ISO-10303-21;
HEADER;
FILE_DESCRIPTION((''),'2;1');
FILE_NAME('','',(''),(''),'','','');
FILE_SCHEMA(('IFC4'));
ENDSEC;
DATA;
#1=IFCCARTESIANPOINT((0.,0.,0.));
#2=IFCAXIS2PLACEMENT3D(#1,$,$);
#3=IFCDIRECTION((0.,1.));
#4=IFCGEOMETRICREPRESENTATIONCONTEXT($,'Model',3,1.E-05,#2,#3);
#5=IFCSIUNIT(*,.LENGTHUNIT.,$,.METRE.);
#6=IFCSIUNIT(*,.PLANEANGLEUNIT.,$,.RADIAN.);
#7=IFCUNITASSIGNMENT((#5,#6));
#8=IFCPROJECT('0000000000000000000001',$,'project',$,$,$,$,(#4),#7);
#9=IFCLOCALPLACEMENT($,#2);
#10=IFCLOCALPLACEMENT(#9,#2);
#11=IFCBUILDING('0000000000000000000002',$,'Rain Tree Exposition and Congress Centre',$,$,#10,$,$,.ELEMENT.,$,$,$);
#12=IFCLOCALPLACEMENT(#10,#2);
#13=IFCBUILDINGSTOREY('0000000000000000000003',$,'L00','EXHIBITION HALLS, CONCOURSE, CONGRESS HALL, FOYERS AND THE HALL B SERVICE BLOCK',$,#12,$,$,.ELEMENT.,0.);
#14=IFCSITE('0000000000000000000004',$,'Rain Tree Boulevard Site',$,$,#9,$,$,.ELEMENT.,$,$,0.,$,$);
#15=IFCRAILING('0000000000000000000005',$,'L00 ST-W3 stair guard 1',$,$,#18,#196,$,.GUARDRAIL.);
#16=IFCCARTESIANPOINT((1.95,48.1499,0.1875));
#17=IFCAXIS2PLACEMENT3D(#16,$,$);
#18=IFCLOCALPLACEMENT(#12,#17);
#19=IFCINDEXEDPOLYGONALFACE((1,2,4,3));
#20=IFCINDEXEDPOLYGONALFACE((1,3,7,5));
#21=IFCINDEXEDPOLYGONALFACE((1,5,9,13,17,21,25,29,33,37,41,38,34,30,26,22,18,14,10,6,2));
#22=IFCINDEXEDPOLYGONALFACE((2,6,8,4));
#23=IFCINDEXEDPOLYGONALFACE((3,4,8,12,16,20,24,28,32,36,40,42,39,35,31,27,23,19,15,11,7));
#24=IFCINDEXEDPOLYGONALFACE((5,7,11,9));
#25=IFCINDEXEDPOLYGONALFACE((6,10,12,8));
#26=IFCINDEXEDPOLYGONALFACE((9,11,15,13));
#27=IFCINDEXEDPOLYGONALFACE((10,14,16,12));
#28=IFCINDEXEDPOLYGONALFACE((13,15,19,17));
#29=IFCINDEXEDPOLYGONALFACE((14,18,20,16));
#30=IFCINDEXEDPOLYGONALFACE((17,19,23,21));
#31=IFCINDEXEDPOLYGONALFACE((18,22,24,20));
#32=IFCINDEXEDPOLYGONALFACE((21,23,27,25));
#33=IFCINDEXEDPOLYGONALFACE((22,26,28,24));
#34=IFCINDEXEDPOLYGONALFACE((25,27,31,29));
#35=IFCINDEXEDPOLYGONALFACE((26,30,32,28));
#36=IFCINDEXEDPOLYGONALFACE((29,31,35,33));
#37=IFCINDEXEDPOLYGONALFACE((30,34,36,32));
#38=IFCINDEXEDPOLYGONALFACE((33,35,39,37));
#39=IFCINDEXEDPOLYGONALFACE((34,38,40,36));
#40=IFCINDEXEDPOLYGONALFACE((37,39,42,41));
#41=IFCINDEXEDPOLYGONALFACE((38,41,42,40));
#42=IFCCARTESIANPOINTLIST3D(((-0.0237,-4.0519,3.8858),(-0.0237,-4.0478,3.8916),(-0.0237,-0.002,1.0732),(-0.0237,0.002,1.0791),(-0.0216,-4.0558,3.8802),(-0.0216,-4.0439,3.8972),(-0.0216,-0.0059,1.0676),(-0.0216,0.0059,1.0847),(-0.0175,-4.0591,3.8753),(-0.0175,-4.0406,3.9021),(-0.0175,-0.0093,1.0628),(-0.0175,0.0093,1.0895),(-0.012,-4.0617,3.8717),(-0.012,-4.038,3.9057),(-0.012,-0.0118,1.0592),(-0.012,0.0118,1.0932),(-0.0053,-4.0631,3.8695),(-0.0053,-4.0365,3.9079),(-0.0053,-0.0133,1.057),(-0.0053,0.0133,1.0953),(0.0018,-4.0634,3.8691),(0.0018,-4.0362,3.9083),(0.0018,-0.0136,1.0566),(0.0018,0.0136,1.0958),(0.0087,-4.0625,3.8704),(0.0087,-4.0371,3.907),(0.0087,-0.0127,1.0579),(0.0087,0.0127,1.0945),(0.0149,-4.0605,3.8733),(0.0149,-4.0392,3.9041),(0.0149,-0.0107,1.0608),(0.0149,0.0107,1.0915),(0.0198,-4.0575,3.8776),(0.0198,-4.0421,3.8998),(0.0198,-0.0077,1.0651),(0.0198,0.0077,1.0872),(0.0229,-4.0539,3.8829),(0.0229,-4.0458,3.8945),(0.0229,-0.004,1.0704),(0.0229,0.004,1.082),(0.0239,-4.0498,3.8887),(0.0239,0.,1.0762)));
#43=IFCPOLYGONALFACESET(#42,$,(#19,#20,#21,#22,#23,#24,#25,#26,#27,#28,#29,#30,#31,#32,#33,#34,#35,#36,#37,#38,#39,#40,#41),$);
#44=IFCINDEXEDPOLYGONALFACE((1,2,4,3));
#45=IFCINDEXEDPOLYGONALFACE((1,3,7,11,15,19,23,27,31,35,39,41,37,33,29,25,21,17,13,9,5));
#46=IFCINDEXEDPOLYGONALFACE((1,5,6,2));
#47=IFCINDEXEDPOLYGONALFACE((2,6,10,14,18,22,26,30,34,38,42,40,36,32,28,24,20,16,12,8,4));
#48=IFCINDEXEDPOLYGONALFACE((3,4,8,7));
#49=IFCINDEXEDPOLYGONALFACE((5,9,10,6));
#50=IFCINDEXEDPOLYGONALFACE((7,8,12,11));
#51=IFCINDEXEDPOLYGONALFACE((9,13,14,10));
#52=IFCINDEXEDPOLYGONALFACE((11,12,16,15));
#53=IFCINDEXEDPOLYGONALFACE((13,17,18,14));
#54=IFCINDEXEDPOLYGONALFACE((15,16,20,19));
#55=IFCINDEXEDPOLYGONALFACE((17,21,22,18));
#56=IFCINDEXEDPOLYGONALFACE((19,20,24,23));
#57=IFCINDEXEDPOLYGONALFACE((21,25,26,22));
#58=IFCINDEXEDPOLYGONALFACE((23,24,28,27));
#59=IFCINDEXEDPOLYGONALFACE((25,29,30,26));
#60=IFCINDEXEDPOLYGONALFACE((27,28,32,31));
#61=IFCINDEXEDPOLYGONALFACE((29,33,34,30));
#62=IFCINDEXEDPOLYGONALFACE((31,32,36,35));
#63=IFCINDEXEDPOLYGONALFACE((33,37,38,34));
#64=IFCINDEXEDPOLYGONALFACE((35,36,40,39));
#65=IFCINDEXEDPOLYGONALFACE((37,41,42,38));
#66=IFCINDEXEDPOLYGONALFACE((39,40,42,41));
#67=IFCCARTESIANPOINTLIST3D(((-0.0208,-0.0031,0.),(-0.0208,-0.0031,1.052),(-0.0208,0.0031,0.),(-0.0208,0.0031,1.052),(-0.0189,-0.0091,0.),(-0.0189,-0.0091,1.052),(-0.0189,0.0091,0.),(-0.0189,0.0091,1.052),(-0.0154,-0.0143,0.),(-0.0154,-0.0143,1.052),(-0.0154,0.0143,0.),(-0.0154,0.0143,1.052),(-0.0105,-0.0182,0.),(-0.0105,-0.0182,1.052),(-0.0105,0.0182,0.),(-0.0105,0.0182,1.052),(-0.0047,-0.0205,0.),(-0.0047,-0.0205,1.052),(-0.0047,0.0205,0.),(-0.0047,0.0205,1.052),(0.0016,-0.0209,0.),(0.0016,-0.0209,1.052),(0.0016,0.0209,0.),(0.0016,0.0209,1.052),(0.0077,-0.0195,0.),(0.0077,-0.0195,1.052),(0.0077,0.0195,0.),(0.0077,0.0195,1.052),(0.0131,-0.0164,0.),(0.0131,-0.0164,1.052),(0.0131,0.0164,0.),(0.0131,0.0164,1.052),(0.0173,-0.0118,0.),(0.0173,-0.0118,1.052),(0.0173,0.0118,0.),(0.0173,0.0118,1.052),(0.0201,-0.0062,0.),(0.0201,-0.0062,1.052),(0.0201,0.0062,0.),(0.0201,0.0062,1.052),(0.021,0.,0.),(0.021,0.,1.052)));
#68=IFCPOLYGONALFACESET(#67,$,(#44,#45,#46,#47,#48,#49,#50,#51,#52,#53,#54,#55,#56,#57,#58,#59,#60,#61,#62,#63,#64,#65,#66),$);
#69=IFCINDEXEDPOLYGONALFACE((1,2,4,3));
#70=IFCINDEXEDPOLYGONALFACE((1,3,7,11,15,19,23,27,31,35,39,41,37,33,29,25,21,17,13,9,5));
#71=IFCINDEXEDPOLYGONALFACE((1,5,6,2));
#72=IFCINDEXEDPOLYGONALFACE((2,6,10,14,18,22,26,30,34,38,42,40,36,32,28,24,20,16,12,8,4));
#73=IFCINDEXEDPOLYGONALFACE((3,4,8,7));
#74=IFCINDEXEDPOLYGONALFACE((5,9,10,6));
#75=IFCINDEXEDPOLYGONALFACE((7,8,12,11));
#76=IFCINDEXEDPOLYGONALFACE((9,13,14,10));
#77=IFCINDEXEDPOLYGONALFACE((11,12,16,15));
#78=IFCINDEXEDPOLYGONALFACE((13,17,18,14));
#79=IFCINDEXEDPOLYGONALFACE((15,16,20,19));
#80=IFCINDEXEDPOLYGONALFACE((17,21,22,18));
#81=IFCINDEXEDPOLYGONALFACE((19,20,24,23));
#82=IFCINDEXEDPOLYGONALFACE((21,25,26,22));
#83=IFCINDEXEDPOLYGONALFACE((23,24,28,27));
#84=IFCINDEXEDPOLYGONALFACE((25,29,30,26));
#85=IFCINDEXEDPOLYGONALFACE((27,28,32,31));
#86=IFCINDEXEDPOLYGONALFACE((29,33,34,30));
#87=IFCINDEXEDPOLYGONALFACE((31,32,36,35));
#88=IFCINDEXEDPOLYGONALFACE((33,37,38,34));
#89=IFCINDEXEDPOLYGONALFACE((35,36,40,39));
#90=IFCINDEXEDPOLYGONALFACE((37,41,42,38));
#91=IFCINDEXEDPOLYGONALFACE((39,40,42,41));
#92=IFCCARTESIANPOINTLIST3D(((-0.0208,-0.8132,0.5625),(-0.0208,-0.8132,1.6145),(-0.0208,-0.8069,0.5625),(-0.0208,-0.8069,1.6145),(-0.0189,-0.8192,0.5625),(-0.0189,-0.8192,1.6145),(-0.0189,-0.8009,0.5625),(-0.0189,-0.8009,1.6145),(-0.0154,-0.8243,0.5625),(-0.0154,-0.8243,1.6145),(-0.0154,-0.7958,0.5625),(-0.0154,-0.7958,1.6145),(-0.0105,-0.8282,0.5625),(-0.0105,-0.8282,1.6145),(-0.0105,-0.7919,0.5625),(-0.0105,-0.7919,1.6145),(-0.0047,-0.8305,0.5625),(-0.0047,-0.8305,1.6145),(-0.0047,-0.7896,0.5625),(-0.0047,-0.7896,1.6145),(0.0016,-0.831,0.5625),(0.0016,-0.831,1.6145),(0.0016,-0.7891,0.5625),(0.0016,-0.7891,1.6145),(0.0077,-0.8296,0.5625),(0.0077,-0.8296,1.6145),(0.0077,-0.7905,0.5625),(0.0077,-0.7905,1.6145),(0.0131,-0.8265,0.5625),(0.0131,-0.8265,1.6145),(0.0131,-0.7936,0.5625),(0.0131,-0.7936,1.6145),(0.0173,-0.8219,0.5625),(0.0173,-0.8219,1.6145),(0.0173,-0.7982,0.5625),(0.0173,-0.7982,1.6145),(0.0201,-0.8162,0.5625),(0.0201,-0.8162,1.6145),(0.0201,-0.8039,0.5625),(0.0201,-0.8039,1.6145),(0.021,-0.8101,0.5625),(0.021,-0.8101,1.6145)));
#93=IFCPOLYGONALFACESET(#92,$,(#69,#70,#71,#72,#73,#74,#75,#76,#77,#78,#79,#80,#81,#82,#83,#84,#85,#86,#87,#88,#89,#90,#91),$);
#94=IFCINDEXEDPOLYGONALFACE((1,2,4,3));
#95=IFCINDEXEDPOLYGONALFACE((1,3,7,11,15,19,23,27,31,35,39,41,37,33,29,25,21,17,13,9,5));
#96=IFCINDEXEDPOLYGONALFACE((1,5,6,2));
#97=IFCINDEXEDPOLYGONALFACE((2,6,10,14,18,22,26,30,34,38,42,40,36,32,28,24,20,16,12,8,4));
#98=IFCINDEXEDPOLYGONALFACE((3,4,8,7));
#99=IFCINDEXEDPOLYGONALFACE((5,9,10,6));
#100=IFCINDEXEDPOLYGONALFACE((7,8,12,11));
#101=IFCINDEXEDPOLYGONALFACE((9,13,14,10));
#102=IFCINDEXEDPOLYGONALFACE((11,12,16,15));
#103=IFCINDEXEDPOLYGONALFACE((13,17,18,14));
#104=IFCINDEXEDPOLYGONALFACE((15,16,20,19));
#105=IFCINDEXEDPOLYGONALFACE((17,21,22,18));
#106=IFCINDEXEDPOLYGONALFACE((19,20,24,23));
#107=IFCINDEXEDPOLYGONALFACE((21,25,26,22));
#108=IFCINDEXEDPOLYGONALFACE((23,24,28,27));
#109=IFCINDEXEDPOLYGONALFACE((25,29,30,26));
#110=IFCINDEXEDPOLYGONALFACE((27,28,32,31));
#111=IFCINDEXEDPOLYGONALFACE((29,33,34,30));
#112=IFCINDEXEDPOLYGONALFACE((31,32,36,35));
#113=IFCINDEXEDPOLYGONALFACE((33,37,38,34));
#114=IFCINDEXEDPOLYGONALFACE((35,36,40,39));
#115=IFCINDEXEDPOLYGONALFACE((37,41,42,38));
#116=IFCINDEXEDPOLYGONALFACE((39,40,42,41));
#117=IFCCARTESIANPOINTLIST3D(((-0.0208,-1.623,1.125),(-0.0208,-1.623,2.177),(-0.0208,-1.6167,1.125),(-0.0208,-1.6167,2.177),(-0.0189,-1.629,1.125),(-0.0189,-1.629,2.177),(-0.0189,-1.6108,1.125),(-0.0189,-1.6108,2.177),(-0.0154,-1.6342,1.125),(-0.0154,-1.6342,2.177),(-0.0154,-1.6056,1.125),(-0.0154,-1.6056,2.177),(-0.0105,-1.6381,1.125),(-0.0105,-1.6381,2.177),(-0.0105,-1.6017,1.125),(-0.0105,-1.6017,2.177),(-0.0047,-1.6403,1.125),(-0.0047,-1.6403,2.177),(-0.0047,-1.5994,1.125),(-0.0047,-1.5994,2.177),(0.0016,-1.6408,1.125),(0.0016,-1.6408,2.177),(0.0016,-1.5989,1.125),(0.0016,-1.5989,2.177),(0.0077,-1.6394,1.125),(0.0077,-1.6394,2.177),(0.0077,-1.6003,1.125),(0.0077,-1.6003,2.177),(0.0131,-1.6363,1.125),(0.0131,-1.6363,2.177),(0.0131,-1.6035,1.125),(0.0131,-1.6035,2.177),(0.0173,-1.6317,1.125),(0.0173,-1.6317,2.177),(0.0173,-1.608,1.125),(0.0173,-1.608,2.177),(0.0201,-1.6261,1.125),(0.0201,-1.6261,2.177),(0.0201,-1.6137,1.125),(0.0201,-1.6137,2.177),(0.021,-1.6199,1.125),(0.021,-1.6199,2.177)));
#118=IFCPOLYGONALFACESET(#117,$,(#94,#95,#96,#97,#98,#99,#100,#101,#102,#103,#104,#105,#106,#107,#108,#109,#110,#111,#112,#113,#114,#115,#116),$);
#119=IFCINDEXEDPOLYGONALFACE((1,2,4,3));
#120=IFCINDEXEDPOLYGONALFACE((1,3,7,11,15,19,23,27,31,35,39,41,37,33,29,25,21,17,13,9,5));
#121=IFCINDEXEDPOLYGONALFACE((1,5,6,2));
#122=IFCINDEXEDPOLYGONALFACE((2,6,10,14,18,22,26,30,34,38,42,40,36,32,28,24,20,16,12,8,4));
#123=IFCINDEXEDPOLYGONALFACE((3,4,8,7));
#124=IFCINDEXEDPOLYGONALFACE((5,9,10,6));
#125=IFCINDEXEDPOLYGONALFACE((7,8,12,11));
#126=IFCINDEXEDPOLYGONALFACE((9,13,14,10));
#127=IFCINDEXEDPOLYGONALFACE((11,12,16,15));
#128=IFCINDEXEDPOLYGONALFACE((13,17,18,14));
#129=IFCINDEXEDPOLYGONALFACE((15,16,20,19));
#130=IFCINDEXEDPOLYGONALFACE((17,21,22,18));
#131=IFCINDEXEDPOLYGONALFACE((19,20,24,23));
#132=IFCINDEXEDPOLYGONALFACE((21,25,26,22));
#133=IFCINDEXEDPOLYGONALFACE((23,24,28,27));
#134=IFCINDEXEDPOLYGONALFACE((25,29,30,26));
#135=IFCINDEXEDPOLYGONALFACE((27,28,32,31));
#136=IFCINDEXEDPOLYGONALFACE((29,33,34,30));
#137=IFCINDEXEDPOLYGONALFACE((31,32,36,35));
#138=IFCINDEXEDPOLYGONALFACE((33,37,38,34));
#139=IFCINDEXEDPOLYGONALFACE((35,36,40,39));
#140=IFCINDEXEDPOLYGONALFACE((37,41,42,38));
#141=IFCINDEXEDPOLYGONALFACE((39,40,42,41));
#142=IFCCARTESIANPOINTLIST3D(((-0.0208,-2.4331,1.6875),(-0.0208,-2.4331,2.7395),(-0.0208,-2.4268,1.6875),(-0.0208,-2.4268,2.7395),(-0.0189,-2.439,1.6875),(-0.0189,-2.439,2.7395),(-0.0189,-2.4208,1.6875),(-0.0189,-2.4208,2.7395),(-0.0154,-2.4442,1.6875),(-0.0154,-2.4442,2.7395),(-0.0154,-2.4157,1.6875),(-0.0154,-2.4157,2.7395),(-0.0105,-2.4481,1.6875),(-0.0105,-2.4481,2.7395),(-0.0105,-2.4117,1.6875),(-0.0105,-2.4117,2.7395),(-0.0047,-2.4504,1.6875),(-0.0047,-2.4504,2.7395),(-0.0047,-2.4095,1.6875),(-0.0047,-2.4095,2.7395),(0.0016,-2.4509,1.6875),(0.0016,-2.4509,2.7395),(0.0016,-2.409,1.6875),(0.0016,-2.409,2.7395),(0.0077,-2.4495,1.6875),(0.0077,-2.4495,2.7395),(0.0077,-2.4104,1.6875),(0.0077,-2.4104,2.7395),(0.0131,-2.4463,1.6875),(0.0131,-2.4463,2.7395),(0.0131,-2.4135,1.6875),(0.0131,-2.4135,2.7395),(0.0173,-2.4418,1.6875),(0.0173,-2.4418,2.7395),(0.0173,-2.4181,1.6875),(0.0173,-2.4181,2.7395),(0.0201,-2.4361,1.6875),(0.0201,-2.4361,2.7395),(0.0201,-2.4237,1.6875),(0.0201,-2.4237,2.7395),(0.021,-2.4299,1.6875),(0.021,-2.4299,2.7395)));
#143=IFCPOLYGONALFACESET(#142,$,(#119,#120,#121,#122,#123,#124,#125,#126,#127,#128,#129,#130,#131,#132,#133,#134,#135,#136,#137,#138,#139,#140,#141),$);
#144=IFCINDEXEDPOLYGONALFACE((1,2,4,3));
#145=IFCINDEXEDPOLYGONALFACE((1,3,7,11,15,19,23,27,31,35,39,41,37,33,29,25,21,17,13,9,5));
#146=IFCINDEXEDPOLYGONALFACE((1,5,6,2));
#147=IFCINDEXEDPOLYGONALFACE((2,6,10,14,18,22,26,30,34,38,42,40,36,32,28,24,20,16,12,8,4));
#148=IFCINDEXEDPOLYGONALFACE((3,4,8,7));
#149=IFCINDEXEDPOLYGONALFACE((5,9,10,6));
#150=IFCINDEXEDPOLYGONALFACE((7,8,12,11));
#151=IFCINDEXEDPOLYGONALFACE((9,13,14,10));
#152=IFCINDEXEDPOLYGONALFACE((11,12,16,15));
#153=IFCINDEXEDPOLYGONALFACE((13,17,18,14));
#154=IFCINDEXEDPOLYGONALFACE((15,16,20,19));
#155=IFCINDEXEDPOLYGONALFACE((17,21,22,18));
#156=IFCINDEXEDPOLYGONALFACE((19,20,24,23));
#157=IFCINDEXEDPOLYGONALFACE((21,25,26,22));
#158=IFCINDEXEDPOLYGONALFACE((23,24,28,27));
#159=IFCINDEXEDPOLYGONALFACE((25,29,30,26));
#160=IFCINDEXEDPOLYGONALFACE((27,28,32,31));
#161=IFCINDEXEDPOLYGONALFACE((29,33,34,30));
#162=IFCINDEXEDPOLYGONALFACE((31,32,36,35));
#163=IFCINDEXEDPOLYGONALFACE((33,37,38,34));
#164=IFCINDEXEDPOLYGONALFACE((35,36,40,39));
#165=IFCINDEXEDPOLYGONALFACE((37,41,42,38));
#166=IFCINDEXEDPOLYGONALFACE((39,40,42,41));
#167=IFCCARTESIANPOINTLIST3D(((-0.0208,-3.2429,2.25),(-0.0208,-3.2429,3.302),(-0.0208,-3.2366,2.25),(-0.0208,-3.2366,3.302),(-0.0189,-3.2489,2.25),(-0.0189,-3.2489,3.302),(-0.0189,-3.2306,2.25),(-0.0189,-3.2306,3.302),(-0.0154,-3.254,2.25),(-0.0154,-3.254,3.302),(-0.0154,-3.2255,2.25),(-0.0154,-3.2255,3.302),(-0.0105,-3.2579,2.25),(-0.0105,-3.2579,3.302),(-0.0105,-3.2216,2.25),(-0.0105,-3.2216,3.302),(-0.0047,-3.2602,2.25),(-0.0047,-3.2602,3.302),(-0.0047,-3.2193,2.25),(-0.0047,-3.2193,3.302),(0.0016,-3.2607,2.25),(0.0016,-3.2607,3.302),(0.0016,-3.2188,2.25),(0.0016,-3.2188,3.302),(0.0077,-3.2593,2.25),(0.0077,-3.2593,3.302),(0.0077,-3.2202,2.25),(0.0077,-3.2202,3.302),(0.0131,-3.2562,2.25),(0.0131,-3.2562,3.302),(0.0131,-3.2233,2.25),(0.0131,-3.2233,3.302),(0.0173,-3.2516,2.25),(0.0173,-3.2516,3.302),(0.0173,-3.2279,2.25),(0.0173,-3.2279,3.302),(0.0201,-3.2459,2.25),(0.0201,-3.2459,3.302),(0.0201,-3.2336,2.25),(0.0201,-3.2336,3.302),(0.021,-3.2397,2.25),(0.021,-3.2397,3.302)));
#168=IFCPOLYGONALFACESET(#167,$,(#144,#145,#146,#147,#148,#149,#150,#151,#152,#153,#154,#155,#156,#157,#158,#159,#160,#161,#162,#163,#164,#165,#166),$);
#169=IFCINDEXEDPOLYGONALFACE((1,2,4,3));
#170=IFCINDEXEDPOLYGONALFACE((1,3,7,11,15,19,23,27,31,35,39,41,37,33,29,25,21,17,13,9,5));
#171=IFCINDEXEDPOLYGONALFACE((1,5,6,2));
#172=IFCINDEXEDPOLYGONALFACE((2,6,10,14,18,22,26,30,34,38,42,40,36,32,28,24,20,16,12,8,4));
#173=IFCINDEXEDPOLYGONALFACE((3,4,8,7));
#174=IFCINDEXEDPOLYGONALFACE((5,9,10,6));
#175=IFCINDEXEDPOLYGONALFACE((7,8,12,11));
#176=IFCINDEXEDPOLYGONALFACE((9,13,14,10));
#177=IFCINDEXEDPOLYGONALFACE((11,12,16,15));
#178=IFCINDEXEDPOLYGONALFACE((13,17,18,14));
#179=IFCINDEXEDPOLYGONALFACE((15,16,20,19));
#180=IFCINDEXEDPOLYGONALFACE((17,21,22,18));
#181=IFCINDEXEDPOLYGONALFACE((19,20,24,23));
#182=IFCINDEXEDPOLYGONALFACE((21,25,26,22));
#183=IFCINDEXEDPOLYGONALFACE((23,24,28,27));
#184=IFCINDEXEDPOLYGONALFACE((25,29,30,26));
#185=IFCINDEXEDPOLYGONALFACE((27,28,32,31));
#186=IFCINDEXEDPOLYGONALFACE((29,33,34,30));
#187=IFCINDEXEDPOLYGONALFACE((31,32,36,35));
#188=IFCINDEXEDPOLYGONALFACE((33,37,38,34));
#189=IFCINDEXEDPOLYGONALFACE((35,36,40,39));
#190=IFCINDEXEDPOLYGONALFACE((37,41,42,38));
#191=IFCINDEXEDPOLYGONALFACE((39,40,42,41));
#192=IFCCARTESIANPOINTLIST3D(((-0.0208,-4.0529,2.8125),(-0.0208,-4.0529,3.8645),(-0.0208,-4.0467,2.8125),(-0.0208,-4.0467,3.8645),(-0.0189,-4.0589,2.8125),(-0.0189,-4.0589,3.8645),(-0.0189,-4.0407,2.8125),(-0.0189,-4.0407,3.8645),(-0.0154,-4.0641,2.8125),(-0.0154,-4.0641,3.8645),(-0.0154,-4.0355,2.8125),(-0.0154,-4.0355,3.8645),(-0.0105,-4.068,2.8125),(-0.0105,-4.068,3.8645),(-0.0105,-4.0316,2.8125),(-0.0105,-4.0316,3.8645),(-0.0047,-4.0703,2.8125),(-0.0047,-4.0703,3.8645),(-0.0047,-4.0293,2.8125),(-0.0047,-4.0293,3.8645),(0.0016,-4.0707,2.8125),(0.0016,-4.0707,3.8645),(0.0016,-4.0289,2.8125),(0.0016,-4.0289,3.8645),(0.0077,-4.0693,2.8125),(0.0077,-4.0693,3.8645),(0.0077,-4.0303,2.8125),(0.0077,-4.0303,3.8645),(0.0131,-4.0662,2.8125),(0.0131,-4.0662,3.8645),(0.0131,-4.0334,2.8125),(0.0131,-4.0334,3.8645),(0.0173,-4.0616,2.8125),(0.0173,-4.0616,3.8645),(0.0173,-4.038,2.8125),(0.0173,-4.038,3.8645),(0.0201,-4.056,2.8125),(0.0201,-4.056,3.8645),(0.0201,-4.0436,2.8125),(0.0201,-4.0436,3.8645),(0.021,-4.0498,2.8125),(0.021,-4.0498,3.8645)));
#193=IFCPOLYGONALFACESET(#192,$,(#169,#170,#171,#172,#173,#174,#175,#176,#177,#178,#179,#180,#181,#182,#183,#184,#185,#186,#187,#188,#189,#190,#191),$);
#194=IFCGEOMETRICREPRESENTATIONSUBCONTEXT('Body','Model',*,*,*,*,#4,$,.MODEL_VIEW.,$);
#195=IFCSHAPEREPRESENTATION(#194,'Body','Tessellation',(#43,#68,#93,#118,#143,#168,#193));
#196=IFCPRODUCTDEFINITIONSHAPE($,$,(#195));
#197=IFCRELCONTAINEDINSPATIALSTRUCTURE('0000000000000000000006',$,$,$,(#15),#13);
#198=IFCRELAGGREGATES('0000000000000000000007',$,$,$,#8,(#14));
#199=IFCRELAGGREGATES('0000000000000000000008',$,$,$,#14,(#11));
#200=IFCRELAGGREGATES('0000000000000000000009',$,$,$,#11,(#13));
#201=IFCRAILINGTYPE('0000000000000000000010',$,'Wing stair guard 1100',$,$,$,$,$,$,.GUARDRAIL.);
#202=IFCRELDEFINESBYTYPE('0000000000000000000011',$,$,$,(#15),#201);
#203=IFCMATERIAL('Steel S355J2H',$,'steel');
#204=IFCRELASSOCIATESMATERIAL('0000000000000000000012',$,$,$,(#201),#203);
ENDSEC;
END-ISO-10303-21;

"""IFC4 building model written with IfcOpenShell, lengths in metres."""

from ifc_helpers import new_model, si_unit, direction, frame, origin, origin_2d, place, context, subcontext, project, spatial, circle, extrude, material, type_object, element, save


model = new_model("IFC4")

# Units and contexts
model_context = context("Model", 3, precision=1e-05, world=origin(), true_north=direction((0.0, 1.0)))
body_context = subcontext(model_context, "Body", "Model", "MODEL_VIEW")
ifc_project = project(units=[si_unit("LENGTHUNIT", "METRE"), si_unit("PLANEANGLEUNIT", "RADIAN")], contexts=[model_context])

# Site, building, storey
site_placement = place(None, origin())
site = spatial("IfcSite", under=ifc_project, at=site_placement, Name="Rain Tree Boulevard Site", CompositionType="ELEMENT", RefElevation=0.0)
building_placement = place(site_placement, origin())
building = spatial("IfcBuilding", under=site, at=building_placement, Name="Rain Tree Exposition and Congress Centre", CompositionType="ELEMENT")
storey_placement = place(building_placement, origin())
storey = spatial("IfcBuildingStorey", under=building, at=storey_placement, Name="L00", Description="EXHIBITION HALLS, CONCOURSE, CONGRESS HALL, FOYERS AND THE HALL B SERVICE BLOCK", CompositionType="ELEMENT", Elevation=0.0)

# Railing
ifc_material_1 = material(Name="Steel S355J2H", Category="steel")
railing_type_1 = type_object("IfcRailingType", Name="Wing stair guard 1100", PredefinedType="GUARDRAIL", material=ifc_material_1)
railing_1_placement = place(storey_placement, frame((1.95, 48.1499, 0.1875)))
element("IfcRailing", 1, at=railing_1_placement, inside=storey, type_object=railing_type_1, Name="L00 ST-W3 stair guard 1", PredefinedType="GUARDRAIL", context=body_context, shape_type="SweptSolid", body=[
    extrude(circle(Radius=0.0239, at=origin_2d()), frame((0.0, 0.0, 1.0762), z_axis=(0.0, -0.821357, 0.570414), x_axis=(1.0, 0.0, 0.0)), (0.0, 0.0, 1.0), 4.9307),
    extrude(circle(Radius=0.021, at=origin_2d()), origin(), (0.0, 0.0, 1.0), 1.052),
    extrude(circle(Radius=0.021, at=origin_2d()), frame((0.0, -0.8101, 0.5625)), (0.0, 0.0, 1.0), 1.052),
    extrude(circle(Radius=0.021, at=origin_2d()), frame((0.0, -1.6199, 1.125)), (0.0, 0.0, 1.0), 1.052),
    extrude(circle(Radius=0.021, at=origin_2d()), frame((0.0, -2.4299, 1.6875)), (0.0, 0.0, 1.0), 1.052),
    extrude(circle(Radius=0.021, at=origin_2d()), frame((0.0, -3.2397, 2.25)), (0.0, 0.0, 1.0), 1.052),
    extrude(circle(Radius=0.021, at=origin_2d()), frame((0.0, -4.0498, 2.8125)), (0.0, 0.0, 1.0), 1.052),
])

save(model, "model.ifc")
